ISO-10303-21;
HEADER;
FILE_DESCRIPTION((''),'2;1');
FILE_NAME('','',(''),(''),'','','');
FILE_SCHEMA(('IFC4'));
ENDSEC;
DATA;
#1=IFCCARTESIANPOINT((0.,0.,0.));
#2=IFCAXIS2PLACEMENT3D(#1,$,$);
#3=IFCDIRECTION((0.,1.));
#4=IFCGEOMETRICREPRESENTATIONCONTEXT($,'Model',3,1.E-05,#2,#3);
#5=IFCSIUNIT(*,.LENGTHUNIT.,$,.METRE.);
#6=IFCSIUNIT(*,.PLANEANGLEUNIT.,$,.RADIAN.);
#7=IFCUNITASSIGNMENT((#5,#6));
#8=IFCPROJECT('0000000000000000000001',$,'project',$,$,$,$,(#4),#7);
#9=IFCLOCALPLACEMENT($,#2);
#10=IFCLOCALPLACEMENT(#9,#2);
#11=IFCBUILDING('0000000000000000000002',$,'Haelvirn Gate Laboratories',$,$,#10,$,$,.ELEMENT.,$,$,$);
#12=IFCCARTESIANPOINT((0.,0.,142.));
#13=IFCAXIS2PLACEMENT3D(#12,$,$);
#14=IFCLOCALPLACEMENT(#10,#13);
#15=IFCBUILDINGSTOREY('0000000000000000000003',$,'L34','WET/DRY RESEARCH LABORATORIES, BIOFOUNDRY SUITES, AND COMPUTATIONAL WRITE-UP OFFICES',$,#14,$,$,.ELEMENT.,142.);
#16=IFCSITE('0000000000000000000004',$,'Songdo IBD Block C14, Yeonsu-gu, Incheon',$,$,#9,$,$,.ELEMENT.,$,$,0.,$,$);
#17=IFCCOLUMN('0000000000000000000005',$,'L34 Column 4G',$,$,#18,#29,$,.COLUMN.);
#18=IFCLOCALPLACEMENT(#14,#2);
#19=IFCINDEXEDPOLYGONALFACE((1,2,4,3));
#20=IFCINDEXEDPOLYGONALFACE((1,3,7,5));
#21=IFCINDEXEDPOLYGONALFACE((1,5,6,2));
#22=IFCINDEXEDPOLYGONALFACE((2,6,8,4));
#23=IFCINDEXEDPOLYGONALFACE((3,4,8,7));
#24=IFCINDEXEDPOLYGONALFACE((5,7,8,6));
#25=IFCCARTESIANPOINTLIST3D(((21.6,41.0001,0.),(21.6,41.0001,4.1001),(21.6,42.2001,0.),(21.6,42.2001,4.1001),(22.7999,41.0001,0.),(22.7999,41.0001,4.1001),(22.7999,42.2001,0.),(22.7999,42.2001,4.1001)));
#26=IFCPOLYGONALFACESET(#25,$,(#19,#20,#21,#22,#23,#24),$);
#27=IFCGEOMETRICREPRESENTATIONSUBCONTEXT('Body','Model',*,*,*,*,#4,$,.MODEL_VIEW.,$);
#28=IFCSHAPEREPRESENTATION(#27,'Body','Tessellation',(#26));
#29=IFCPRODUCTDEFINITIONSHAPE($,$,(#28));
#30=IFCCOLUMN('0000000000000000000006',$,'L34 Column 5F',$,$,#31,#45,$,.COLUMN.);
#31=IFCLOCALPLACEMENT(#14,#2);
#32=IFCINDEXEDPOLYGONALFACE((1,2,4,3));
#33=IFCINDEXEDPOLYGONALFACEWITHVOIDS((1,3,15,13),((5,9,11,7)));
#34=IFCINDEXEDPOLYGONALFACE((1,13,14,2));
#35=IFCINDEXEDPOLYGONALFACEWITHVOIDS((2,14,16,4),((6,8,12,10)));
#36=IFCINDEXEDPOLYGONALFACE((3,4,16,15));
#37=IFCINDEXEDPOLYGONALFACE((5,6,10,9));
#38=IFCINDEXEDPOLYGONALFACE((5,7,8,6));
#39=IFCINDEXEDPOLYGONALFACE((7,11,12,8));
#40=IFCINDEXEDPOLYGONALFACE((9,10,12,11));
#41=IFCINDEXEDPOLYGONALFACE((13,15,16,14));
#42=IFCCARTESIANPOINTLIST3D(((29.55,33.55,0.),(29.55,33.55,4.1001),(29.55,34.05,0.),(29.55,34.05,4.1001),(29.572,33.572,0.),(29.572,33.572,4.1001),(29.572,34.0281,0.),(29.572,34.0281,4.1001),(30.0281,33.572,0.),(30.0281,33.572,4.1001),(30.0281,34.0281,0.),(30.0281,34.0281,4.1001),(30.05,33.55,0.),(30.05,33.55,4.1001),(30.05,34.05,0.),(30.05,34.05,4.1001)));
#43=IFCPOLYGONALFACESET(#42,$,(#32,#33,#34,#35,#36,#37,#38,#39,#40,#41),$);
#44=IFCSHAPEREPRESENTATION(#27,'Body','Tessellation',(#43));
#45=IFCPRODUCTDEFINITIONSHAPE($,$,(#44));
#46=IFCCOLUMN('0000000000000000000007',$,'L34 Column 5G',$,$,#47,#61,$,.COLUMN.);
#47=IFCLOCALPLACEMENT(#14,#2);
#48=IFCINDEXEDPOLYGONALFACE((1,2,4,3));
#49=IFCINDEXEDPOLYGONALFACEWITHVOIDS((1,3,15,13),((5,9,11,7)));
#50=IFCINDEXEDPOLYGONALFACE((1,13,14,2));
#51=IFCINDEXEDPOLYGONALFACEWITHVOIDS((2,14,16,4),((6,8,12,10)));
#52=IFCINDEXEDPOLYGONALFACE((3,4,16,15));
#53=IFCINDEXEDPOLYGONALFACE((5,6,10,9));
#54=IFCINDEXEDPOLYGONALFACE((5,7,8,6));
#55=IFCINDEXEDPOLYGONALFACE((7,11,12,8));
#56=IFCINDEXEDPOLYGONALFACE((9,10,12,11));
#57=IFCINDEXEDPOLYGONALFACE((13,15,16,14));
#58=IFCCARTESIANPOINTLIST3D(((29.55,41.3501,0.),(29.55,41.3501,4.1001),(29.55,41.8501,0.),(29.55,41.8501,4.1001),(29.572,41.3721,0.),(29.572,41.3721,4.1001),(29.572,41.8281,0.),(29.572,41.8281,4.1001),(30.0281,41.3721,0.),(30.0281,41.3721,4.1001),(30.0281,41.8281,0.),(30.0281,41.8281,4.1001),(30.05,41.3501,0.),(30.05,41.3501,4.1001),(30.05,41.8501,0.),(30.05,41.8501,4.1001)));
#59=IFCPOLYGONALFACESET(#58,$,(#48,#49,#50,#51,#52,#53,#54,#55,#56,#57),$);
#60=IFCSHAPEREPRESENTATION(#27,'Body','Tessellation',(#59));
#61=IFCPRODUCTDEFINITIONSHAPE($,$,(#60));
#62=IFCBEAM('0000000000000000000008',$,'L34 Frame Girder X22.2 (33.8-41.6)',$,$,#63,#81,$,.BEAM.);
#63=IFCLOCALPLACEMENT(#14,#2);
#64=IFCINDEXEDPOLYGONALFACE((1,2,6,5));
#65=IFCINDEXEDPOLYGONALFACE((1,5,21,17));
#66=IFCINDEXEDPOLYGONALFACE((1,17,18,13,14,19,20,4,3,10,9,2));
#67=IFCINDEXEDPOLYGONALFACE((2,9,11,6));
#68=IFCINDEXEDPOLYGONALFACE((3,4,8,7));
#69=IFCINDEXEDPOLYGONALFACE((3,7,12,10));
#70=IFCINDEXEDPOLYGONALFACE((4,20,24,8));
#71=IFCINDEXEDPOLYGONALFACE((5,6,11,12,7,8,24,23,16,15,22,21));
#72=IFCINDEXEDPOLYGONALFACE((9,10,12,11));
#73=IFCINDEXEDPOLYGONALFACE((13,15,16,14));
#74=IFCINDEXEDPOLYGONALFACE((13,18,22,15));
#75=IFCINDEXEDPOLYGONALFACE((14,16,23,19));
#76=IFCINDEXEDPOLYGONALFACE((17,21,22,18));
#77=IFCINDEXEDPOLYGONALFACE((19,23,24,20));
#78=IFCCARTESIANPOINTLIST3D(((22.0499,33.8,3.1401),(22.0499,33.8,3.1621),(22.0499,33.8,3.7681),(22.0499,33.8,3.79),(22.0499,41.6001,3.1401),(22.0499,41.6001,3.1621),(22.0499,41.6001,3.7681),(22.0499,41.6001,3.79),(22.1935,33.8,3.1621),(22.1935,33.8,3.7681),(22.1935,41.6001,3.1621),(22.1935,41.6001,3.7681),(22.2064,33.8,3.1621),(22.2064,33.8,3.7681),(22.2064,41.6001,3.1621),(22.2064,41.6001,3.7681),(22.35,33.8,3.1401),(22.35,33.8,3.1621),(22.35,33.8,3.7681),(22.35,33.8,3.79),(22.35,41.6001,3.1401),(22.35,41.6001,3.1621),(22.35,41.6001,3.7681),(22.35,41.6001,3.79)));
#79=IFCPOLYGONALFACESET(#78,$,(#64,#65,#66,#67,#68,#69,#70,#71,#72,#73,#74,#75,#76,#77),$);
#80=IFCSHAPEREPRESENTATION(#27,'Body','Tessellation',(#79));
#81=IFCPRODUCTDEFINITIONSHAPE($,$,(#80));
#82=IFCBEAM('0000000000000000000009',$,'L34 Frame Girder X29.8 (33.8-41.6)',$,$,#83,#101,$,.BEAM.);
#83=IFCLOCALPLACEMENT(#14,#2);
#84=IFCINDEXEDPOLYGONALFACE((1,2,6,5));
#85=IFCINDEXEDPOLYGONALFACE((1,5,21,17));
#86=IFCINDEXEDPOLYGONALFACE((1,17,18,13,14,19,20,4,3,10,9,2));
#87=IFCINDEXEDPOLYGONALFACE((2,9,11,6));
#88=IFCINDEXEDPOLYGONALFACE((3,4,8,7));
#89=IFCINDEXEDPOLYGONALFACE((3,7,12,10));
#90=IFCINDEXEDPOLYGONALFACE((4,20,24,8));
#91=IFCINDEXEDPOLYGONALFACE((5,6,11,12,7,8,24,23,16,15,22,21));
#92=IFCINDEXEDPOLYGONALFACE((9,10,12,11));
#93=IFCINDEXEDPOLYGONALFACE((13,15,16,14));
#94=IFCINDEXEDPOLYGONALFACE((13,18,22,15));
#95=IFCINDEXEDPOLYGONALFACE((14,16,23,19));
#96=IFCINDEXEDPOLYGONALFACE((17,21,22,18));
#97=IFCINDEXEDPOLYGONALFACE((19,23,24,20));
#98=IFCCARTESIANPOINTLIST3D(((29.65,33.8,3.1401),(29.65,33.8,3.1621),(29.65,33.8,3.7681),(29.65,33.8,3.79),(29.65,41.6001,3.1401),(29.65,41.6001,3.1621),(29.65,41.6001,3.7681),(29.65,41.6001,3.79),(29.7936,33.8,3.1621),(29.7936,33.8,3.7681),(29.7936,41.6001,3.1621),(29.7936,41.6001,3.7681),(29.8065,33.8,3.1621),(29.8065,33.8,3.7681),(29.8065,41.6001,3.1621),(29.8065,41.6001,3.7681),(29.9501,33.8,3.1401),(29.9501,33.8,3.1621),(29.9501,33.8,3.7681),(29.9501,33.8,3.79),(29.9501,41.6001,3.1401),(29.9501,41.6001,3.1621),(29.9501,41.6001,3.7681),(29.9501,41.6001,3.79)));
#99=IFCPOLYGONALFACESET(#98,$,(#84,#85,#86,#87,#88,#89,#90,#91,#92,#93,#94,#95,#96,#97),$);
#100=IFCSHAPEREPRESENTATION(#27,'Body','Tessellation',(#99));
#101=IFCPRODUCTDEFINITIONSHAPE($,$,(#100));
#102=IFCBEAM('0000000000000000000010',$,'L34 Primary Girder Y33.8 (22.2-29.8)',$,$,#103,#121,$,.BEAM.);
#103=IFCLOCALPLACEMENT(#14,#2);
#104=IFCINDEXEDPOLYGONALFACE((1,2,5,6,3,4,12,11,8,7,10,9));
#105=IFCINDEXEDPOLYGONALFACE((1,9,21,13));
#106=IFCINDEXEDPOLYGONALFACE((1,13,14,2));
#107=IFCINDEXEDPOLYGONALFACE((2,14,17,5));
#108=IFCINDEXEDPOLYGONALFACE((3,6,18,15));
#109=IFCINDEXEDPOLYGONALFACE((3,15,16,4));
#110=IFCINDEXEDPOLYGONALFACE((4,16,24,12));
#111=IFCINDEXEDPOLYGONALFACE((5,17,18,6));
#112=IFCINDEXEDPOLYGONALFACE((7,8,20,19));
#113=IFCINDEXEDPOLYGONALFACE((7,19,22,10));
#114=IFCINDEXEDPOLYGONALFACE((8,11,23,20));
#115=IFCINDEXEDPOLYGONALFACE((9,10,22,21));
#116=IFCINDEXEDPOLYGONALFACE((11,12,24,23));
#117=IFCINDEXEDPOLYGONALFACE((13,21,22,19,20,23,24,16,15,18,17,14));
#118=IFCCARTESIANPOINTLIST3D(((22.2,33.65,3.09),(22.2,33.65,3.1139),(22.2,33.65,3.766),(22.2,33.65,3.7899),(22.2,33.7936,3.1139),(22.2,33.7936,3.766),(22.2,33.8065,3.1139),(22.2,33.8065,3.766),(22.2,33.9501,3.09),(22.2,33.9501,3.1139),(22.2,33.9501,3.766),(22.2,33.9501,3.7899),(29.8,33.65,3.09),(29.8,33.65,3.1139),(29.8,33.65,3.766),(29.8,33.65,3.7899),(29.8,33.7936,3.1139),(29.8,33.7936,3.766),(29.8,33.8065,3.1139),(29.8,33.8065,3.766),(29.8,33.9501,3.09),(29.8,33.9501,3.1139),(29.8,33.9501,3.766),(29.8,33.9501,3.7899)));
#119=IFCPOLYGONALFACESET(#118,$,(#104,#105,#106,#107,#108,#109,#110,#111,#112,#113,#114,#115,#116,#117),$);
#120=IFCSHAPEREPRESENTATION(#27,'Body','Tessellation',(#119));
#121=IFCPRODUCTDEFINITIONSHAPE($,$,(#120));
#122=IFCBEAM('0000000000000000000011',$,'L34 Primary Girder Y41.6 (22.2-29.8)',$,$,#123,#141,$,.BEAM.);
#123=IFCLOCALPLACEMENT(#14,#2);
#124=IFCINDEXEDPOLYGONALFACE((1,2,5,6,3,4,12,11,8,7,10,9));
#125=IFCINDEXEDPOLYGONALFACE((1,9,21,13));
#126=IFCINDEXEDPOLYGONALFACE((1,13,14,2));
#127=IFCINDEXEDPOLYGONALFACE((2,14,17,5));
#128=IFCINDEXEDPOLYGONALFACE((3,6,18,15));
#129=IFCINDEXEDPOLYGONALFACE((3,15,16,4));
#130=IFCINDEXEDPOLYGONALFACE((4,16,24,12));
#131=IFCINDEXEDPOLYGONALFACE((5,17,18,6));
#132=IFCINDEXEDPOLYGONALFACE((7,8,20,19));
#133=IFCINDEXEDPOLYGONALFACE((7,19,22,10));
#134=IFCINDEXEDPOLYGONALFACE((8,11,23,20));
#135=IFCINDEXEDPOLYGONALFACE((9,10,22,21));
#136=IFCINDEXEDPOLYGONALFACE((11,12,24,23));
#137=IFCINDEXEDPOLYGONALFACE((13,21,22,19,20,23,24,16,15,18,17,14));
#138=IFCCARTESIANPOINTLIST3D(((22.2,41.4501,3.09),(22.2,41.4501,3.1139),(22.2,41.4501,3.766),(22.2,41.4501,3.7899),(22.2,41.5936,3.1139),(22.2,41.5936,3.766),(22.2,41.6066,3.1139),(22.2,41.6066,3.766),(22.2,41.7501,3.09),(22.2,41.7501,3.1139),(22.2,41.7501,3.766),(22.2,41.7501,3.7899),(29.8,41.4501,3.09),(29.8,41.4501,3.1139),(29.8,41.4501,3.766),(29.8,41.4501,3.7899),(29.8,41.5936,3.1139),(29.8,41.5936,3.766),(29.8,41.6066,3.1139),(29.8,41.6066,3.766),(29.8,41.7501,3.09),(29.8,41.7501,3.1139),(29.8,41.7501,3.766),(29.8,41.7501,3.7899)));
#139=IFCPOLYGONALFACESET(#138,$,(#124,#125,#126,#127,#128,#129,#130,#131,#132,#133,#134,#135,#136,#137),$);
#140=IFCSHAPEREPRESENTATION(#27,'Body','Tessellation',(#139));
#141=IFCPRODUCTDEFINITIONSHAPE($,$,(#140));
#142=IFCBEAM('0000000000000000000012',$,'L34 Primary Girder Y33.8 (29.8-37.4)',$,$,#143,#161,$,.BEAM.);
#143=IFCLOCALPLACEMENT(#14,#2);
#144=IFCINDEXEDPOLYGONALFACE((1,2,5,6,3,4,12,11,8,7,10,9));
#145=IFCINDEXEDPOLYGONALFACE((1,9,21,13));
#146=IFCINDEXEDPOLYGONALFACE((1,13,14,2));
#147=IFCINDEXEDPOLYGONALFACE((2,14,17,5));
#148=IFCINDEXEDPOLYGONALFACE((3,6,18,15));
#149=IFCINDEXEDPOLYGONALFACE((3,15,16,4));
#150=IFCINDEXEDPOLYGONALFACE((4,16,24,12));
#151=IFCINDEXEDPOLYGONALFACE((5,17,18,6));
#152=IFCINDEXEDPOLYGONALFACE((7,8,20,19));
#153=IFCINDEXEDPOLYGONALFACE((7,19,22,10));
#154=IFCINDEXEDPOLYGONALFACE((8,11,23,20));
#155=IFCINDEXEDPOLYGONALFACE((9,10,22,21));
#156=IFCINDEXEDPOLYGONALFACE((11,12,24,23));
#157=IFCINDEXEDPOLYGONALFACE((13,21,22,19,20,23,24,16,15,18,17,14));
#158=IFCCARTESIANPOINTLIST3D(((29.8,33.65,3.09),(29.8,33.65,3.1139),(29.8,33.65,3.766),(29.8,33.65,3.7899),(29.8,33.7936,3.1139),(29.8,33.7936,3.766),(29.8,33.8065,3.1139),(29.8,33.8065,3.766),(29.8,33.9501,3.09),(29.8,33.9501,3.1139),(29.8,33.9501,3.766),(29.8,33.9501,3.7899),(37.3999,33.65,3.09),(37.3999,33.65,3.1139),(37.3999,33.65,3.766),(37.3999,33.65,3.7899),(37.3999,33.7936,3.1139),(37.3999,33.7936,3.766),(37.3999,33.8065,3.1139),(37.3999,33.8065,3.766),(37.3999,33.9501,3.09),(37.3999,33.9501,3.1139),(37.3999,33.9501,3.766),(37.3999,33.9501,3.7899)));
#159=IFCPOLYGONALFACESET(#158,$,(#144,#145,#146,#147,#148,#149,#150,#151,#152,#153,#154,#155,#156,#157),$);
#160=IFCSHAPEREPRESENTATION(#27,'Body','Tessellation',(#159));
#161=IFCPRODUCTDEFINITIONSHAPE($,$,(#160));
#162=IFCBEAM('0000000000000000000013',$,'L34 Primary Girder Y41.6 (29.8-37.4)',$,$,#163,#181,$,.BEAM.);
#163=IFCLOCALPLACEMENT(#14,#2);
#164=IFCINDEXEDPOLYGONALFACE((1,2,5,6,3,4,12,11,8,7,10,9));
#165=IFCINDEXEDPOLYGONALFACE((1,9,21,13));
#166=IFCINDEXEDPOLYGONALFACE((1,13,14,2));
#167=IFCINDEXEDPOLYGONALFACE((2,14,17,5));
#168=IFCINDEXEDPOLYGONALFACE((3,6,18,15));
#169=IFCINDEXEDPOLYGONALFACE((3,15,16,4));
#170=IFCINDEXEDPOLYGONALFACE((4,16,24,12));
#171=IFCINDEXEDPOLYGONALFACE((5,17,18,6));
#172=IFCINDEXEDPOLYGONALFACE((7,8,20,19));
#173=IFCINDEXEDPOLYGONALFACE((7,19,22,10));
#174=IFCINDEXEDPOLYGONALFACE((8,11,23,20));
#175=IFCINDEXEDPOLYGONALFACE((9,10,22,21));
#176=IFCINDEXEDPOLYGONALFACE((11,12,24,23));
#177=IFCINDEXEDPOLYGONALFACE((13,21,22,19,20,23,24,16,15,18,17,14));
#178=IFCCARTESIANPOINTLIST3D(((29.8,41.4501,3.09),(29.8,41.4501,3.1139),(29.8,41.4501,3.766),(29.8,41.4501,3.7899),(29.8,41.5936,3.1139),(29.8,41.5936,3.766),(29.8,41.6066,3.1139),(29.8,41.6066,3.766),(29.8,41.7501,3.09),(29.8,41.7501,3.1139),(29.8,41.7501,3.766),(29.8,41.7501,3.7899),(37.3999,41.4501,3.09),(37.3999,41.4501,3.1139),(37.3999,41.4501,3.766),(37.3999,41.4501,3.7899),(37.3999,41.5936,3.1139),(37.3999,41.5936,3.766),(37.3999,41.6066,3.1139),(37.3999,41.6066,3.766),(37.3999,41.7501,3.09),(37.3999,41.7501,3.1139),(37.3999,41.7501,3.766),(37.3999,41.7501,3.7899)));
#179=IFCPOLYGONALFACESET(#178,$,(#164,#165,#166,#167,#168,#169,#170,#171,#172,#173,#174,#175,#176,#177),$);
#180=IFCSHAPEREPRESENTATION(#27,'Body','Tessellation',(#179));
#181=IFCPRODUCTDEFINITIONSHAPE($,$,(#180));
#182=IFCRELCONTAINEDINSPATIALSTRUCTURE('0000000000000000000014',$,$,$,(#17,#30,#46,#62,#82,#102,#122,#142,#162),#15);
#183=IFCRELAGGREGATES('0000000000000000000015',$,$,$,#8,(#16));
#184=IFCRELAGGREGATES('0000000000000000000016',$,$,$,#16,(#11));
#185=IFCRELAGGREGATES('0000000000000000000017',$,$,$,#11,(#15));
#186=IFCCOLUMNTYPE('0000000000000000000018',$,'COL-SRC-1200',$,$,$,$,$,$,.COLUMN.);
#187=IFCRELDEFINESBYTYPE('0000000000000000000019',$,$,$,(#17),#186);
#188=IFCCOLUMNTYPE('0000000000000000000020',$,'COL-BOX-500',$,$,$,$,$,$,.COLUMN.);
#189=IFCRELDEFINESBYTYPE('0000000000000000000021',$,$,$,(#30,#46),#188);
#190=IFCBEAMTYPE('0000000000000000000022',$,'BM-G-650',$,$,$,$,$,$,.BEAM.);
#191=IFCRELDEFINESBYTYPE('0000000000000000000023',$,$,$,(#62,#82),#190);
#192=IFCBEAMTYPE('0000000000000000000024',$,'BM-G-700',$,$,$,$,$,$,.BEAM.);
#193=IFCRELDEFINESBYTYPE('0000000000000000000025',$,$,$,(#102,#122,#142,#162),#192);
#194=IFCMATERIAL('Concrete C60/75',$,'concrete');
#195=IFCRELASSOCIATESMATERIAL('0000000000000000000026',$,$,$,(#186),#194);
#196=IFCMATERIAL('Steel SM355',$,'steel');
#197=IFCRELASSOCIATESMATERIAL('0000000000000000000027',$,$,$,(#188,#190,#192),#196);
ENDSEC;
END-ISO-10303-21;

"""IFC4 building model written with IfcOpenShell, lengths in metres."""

from ifc_helpers import new_model, si_unit, direction, frame, origin, origin_2d, place, context, subcontext, project, spatial, rectangle, hollow_rectangle, i_section, extrude, source, transform, mapped, material, material_profile, profile_set, type_object, type_shapes, element, save


model = new_model("IFC4")

# Units and contexts
model_context = context("Model", 3, precision=1e-05, world=origin(), true_north=direction((0.0, 1.0)))
body_context = subcontext(model_context, "Body", "Model", "MODEL_VIEW")
ifc_project = project(units=[si_unit("LENGTHUNIT", "METRE"), si_unit("PLANEANGLEUNIT", "RADIAN")], contexts=[model_context])

# Site, building, storey
site_placement = place(None, origin())
site = spatial("IfcSite", under=ifc_project, at=site_placement, Name="Songdo IBD Block C14, Yeonsu-gu, Incheon", CompositionType="ELEMENT", RefElevation=0.0)
building_placement = place(site_placement, origin())
building = spatial("IfcBuilding", under=site, at=building_placement, Name="Haelvirn Gate Laboratories", CompositionType="ELEMENT")
storey_placement = place(building_placement, frame((0.0, 0.0, 142.0)))
storey = spatial("IfcBuildingStorey", under=building, at=storey_placement, Name="L34", Description="WET/DRY RESEARCH LABORATORIES, BIOFOUNDRY SUITES, AND COMPUTATIONAL WRITE-UP OFFICES", CompositionType="ELEMENT", Elevation=142.0)

# Columns
ifc_material_1 = material(Name="Concrete C60/75", Category="concrete")
ifc_material_profile_1 = material_profile(ifc_material_1, rectangle(XDim=1.2, YDim=1.2, at=origin_2d()), Name="SRC-1200x1200")
ifc_profile_set_1 = profile_set([ifc_material_profile_1], Name="Concrete C60/75")
column_type_1 = type_object("IfcColumnType", Name="COL-SRC-1200", PredefinedType="COLUMN", material=ifc_profile_set_1)
shared_shape_1 = source(origin(), body_context, "Body", "SweptSolid", [
    extrude(rectangle(XDim=1.2, YDim=1.2, at=origin_2d()), origin(), (0.0, 0.0, 1.0), 4.1001),
])
type_shapes(column_type_1, [shared_shape_1])
column_placement = place(storey_placement, frame((22.2, 41.6001, 0.0), z_axis=(0.0, 0.0, 1.0), x_axis=(1.0, 0.0, 0.0)))
element("IfcColumn", 1, at=column_placement, inside=storey, type_object=column_type_1, Name="L34 Column 4G", PredefinedType="COLUMN", context=body_context, shape_type="MappedRepresentation", body=[
    mapped(shared_shape_1, transform((0.0, 0.0, 0.0), scale=1.0)),
])
ifc_material_2 = material(Name="Steel SM355", Category="steel")
ifc_material_profile_2 = material_profile(ifc_material_2, hollow_rectangle(XDim=0.5, YDim=0.5, WallThickness=0.022, at=origin_2d()), Name="BOX-500x500x22")
ifc_profile_set_2 = profile_set([ifc_material_profile_2], Name="Steel SM355")
column_type_2 = type_object("IfcColumnType", Name="COL-BOX-500", PredefinedType="COLUMN", material=ifc_profile_set_2)
shared_shape_2 = source(origin(), body_context, "Body", "SweptSolid", [
    extrude(hollow_rectangle(XDim=0.5, YDim=0.5, WallThickness=0.022, at=origin_2d()), origin(), (0.0, 0.0, 1.0), 4.1001),
])
type_shapes(column_type_2, [shared_shape_2])
for number, where, z_axis, x_axis, name in (
    (2, (29.8, 33.8, 0.0), (0.0, 0.0, 1.0), (1.0, 0.0, 0.0), "L34 Column 5F"),
    (3, (29.8, 41.6001, 0.0), (0.0, 0.0, 1.0), (1.0, 0.0, 0.0), "L34 Column 5G"),
):
    element("IfcColumn", number, at=place(storey_placement, frame(where, z_axis=z_axis, x_axis=x_axis)), inside=storey, type_object=column_type_2, Name=name, PredefinedType="COLUMN", context=body_context, shape_type="MappedRepresentation", body=[
        mapped(shared_shape_2, transform((0.0, 0.0, 0.0), scale=1.0)),
    ])

# Beams
ifc_material_profile_3 = material_profile(ifc_material_2, i_section(OverallWidth=0.3, OverallDepth=0.6499, WebThickness=0.0129, FlangeThickness=0.022, at=origin_2d()), Name="H-650x300x13x22")
ifc_profile_set_3 = profile_set([ifc_material_profile_3], Name="Steel SM355")
beam_type_1 = type_object("IfcBeamType", Name="BM-G-650", PredefinedType="BEAM", material=ifc_profile_set_3)
shared_shape_3 = source(origin(), body_context, "Body", "SweptSolid", [
    extrude(i_section(OverallWidth=0.3, OverallDepth=0.6499, WebThickness=0.0129, FlangeThickness=0.022, at=origin_2d()), origin(), (0.0, 0.0, 1.0), 7.8),
])
type_shapes(beam_type_1, [shared_shape_3])
for number, where, z_axis, x_axis, name in (
    (4, (22.2, 33.8, 3.4651), (0.0, 1.0, 0.0), (-1.0, 0.0, 0.0), "L34 Frame Girder X22.2 (33.8-41.6)"),
    (5, (29.8, 33.8, 3.4651), (0.0, 1.0, 0.0), (-1.0, 0.0, 0.0), "L34 Frame Girder X29.8 (33.8-41.6)"),
):
    element("IfcBeam", number, at=place(storey_placement, frame(where, z_axis=z_axis, x_axis=x_axis)), inside=storey, type_object=beam_type_1, Name=name, PredefinedType="BEAM", context=body_context, shape_type="MappedRepresentation", body=[
        mapped(shared_shape_3, transform((0.0, 0.0, 0.0), scale=1.0)),
    ])
ifc_material_profile_4 = material_profile(ifc_material_2, i_section(OverallWidth=0.3, OverallDepth=0.7, WebThickness=0.0129, FlangeThickness=0.0239, at=origin_2d()), Name="H-700x300x13x24")
ifc_profile_set_4 = profile_set([ifc_material_profile_4], Name="Steel SM355")
beam_type_2 = type_object("IfcBeamType", Name="BM-G-700", PredefinedType="BEAM", material=ifc_profile_set_4)
shared_shape_4 = source(origin(), body_context, "Body", "SweptSolid", [
    extrude(i_section(OverallWidth=0.3, OverallDepth=0.7, WebThickness=0.0129, FlangeThickness=0.0239, at=origin_2d()), origin(), (0.0, 0.0, 1.0), 7.6001),
])
for number, where, z_axis, x_axis, name in (
    (6, (22.2, 33.8, 3.4399), (1.0, 0.0, 0.0), (0.0, 1.0, 0.0), "L34 Primary Girder Y33.8 (22.2-29.8)"),
    (7, (22.2, 41.6001, 3.4399), (1.0, 0.0, 0.0), (0.0, 1.0, 0.0), "L34 Primary Girder Y41.6 (22.2-29.8)"),
):
    element("IfcBeam", number, at=place(storey_placement, frame(where, z_axis=z_axis, x_axis=x_axis)), inside=storey, type_object=beam_type_2, Name=name, PredefinedType="BEAM", context=body_context, shape_type="MappedRepresentation", body=[
        mapped(shared_shape_4, transform((0.0, 0.0, 0.0), scale=1.0)),
    ])
shared_shape_5 = source(origin(), body_context, "Body", "SweptSolid", [
    extrude(i_section(OverallWidth=0.3, OverallDepth=0.7, WebThickness=0.0129, FlangeThickness=0.0239, at=origin_2d()), origin(), (0.0, 0.0, 1.0), 7.5999),
])
type_shapes(beam_type_2, [shared_shape_4, shared_shape_5])
for number, where, z_axis, x_axis, name in (
    (8, (29.8, 33.8, 3.4399), (1.0, 0.0, 0.0), (0.0, 1.0, 0.0), "L34 Primary Girder Y33.8 (29.8-37.4)"),
    (9, (29.8, 41.6001, 3.4399), (1.0, 0.0, 0.0), (0.0, 1.0, 0.0), "L34 Primary Girder Y41.6 (29.8-37.4)"),
):
    element("IfcBeam", number, at=place(storey_placement, frame(where, z_axis=z_axis, x_axis=x_axis)), inside=storey, type_object=beam_type_2, Name=name, PredefinedType="BEAM", context=body_context, shape_type="MappedRepresentation", body=[
        mapped(shared_shape_5, transform((0.0, 0.0, 0.0), scale=1.0)),
    ])

save(model, "model.ifc")
